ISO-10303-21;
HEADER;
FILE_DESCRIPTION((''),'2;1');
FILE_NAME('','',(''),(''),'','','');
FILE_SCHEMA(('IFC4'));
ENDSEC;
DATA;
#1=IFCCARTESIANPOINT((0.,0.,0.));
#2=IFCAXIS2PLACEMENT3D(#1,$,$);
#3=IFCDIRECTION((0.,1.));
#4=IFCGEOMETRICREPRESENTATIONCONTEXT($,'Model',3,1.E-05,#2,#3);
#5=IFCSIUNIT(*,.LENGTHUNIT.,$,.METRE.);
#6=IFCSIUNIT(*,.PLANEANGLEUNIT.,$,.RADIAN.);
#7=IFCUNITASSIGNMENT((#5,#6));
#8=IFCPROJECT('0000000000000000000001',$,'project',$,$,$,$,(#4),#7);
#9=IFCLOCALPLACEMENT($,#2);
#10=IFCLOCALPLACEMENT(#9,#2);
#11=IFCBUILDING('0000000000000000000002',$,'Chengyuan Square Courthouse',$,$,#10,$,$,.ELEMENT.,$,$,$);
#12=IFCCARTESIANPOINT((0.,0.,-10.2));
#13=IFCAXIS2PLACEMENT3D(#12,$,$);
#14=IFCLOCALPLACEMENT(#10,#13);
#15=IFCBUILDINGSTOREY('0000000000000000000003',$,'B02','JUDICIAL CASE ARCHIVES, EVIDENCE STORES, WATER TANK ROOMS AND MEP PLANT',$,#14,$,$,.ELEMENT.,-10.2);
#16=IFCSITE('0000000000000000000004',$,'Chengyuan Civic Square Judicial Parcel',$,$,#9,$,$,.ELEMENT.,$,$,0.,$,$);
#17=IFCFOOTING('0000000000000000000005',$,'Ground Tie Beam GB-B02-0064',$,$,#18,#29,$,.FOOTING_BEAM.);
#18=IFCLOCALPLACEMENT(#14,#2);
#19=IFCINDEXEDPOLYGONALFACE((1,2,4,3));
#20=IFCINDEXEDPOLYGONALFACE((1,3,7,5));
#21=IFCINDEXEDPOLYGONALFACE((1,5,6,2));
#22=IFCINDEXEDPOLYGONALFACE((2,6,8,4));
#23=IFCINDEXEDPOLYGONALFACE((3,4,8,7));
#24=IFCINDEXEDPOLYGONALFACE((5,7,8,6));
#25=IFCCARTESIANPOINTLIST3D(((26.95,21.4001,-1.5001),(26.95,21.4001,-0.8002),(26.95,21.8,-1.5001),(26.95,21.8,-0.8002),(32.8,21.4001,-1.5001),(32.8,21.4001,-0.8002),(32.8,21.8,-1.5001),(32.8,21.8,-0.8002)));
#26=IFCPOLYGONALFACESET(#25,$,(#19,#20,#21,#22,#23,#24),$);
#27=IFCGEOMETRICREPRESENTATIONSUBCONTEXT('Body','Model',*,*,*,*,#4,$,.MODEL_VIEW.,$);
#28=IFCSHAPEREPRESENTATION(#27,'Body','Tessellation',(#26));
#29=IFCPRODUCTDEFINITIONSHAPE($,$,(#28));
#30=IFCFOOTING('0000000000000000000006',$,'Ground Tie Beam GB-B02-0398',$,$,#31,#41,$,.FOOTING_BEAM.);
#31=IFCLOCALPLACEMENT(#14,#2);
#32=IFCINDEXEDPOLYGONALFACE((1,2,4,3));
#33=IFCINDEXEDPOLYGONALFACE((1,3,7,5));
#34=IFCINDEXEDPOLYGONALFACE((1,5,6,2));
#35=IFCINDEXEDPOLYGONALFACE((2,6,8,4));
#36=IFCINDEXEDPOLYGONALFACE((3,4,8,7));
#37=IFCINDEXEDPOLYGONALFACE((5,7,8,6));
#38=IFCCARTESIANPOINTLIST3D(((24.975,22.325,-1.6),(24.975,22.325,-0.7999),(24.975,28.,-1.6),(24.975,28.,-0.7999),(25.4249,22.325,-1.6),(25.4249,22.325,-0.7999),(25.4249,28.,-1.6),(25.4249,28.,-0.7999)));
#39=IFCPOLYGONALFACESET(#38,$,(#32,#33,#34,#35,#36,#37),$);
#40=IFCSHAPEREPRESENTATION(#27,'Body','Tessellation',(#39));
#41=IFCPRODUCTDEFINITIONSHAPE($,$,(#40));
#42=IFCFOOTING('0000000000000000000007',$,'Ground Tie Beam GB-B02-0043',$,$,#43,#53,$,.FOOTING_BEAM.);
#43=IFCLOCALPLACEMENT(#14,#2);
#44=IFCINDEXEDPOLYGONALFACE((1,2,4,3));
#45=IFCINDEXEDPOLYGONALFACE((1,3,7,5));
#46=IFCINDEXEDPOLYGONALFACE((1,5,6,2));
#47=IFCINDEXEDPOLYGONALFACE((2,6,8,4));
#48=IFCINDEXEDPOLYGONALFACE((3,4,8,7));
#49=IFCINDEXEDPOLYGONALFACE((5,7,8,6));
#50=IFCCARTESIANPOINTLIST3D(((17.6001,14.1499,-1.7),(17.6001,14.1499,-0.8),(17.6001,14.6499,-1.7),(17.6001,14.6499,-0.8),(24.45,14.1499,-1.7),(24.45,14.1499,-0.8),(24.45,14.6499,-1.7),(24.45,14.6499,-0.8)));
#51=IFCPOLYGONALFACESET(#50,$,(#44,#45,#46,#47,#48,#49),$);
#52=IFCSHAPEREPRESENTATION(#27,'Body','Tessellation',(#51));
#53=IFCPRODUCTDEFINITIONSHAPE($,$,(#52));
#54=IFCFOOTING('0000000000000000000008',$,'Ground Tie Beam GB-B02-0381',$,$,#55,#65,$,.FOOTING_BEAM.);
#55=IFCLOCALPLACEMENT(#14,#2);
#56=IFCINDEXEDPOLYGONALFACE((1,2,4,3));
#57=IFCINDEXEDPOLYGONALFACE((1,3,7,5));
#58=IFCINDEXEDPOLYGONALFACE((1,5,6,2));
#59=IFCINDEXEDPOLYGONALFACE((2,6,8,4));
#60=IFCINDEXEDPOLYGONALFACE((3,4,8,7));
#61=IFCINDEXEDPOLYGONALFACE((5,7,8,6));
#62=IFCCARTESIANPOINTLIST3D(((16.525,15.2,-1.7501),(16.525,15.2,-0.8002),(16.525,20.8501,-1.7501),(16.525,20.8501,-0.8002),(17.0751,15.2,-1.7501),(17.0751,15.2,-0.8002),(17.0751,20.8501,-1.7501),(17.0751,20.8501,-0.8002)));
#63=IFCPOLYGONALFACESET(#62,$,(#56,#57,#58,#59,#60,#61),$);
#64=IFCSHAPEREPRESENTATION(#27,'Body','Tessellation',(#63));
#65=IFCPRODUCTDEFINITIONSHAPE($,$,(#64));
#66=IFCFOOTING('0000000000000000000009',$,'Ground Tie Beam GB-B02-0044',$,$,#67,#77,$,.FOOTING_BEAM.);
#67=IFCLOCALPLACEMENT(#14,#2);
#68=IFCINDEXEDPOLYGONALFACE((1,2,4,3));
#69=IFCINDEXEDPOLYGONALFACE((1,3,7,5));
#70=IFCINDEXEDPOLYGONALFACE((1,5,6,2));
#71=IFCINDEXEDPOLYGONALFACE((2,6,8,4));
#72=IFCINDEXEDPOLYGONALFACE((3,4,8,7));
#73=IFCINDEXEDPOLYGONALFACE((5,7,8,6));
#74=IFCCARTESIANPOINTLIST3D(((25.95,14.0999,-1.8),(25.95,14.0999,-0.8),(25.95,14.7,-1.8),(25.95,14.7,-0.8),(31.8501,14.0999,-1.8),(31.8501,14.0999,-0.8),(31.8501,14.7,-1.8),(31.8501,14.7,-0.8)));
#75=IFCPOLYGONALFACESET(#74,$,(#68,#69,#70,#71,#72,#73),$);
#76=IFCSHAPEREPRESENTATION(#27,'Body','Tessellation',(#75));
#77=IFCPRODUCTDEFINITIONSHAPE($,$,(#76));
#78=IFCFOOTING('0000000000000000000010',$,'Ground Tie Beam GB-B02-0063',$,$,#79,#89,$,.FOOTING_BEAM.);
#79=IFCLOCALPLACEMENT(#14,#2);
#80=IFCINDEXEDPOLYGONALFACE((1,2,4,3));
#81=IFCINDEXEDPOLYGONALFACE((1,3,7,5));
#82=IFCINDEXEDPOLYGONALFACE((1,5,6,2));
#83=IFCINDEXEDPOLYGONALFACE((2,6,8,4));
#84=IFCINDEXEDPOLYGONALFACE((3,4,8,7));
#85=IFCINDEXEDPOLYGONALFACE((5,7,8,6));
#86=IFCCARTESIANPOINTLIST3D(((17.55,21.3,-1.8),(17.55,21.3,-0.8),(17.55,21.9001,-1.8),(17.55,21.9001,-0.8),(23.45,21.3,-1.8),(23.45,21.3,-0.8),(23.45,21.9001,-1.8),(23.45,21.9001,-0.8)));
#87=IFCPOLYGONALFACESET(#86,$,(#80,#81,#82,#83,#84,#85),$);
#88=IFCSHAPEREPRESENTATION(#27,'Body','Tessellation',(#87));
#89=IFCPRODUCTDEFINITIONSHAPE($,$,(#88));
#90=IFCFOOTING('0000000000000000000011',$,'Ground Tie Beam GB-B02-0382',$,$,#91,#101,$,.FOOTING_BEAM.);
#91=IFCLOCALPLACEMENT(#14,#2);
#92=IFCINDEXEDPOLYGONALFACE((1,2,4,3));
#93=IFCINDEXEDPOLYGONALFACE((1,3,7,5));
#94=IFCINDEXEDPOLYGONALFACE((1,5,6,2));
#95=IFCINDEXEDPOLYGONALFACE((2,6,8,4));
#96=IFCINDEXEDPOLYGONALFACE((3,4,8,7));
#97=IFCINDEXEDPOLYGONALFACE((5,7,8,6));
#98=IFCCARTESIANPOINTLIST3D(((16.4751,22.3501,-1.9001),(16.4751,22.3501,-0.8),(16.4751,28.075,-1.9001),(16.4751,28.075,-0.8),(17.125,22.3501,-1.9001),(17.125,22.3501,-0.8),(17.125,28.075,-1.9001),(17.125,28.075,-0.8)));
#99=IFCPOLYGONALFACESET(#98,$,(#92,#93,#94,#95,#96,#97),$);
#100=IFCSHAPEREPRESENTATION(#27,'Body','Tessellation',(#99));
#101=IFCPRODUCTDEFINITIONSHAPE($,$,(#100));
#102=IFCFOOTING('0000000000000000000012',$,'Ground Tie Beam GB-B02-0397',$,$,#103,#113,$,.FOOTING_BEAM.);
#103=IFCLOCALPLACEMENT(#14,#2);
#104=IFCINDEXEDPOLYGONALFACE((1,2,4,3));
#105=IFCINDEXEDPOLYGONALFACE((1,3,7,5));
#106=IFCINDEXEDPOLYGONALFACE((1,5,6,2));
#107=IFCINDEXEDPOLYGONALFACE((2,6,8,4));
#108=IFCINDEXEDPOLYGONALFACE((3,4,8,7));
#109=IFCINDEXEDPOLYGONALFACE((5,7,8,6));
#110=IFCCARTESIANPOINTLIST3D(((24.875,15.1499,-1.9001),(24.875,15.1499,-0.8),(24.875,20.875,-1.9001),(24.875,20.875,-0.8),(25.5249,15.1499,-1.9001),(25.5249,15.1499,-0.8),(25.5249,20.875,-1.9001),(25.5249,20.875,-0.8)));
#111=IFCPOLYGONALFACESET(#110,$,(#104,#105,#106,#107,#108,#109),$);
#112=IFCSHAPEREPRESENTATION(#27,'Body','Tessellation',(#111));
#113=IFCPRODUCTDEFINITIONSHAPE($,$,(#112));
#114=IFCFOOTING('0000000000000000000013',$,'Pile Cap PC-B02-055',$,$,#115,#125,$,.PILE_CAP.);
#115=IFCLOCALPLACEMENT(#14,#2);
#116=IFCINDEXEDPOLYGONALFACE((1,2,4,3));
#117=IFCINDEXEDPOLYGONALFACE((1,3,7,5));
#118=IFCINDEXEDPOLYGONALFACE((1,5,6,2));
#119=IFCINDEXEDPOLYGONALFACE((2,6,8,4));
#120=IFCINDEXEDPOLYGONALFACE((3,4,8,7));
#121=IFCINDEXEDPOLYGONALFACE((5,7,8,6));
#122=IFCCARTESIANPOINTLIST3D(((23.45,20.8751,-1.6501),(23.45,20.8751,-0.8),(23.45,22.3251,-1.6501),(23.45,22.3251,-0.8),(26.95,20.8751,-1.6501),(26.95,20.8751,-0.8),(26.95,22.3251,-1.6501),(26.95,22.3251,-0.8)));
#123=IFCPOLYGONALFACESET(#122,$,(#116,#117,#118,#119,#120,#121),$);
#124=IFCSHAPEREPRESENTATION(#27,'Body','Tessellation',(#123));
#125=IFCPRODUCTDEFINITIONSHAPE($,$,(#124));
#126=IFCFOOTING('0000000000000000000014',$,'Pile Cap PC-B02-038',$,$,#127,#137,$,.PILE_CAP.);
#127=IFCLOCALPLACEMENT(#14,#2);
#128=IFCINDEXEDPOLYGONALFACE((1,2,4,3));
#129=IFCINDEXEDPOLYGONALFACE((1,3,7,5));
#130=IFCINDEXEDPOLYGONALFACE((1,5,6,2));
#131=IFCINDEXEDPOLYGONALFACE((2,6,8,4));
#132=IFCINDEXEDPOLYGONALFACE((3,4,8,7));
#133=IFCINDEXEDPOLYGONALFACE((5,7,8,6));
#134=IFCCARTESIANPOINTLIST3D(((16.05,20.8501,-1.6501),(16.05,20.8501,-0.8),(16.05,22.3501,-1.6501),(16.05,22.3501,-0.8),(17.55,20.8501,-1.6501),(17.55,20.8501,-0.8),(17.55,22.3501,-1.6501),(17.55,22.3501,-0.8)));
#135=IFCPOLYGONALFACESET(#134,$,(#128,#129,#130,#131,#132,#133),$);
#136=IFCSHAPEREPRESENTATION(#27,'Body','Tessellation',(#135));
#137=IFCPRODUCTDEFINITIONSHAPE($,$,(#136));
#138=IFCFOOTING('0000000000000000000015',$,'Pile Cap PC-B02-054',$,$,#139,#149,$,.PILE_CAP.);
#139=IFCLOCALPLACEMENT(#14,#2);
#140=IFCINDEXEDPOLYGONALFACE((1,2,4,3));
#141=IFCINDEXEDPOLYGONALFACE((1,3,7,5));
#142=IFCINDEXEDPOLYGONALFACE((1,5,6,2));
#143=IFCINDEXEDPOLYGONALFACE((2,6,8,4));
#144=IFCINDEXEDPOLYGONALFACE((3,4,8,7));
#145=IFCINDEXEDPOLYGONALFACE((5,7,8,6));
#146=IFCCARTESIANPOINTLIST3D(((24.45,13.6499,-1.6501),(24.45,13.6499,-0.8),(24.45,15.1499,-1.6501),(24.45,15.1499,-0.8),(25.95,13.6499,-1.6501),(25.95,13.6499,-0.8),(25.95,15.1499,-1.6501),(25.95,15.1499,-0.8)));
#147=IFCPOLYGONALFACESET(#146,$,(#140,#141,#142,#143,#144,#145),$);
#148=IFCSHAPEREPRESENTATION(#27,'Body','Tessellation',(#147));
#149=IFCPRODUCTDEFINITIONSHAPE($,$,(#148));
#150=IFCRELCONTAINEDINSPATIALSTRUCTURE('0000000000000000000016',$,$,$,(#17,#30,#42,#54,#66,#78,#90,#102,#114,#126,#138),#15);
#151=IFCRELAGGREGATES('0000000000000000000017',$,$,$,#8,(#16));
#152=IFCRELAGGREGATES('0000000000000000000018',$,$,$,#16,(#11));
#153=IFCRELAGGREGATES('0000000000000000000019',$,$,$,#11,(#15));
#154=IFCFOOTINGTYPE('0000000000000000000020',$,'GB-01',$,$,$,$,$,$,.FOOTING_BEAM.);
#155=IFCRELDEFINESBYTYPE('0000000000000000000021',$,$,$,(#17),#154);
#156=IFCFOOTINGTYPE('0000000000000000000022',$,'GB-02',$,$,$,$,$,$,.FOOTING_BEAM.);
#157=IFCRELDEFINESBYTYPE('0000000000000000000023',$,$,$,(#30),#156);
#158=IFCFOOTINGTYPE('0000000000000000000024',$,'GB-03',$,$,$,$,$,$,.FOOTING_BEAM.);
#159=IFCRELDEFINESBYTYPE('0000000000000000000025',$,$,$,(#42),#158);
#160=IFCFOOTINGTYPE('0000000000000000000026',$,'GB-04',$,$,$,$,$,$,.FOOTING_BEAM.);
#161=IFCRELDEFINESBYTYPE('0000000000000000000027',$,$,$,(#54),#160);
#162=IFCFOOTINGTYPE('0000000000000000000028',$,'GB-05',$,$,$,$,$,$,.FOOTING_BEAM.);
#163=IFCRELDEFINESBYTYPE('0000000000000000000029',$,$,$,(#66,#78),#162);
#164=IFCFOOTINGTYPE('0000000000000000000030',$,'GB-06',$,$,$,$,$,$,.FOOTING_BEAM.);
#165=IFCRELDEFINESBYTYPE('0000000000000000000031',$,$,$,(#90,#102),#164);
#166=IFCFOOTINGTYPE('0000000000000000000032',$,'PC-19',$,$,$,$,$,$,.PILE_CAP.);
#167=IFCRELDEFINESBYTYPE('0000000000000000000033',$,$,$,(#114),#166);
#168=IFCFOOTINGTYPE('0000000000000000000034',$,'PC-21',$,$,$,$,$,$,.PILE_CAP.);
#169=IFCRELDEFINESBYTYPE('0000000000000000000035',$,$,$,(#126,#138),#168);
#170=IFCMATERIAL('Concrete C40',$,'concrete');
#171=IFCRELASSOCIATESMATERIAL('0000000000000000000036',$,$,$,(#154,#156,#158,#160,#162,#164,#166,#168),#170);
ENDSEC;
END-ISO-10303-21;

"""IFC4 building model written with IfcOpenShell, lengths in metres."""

from ifc_helpers import new_model, si_unit, direction, frame, origin, origin_2d, place, context, subcontext, project, spatial, rectangle, extrude, material, material_profile, profile_set, type_object, element, save


model = new_model("IFC4")

# Units and contexts
model_context = context("Model", 3, precision=1e-05, world=origin(), true_north=direction((0.0, 1.0)))
body_context = subcontext(model_context, "Body", "Model", "MODEL_VIEW")
ifc_project = project(units=[si_unit("LENGTHUNIT", "METRE"), si_unit("PLANEANGLEUNIT", "RADIAN")], contexts=[model_context])

# Site, building, storey
site_placement = place(None, origin())
site = spatial("IfcSite", under=ifc_project, at=site_placement, Name="Chengyuan Civic Square Judicial Parcel", CompositionType="ELEMENT", RefElevation=0.0)
building_placement = place(site_placement, origin())
building = spatial("IfcBuilding", under=site, at=building_placement, Name="Chengyuan Square Courthouse", CompositionType="ELEMENT")
storey_placement = place(building_placement, frame((0.0, 0.0, -10.2)))
storey = spatial("IfcBuildingStorey", under=building, at=storey_placement, Name="B02", Description="JUDICIAL CASE ARCHIVES, EVIDENCE STORES, WATER TANK ROOMS AND MEP PLANT", CompositionType="ELEMENT", Elevation=-10.2)

# Footings
ifc_material_1 = material(Name="Concrete C40", Category="concrete")
ifc_material_profile_1 = material_profile(ifc_material_1, rectangle(XDim=0.3999, YDim=0.7, at=origin_2d()), Name="GB-400x700")
ifc_profile_set_1 = profile_set([ifc_material_profile_1], Name="Concrete C40")
footing_type_1 = type_object("IfcFootingType", Name="GB-01", PredefinedType="FOOTING_BEAM", material=ifc_profile_set_1)
footing_1_placement = place(storey_placement, frame((26.95, 21.6001, -1.1501), z_axis=(1.0, 0.0, 0.0), x_axis=(0.0, 1.0, 0.0)))
element("IfcFooting", 1, at=footing_1_placement, inside=storey, type_object=footing_type_1, Name="Ground Tie Beam GB-B02-0064", PredefinedType="FOOTING_BEAM", context=body_context, shape_type="SweptSolid", body=[
    extrude(rectangle(XDim=0.3999, YDim=0.7, at=origin_2d()), origin(), (0.0, 0.0, 1.0), 5.8501),
])
ifc_material_profile_2 = material_profile(ifc_material_1, rectangle(XDim=0.45, YDim=0.8, at=origin_2d()), Name="GB-450x800")
ifc_profile_set_2 = profile_set([ifc_material_profile_2], Name="Concrete C40")
footing_type_2 = type_object("IfcFootingType", Name="GB-02", PredefinedType="FOOTING_BEAM", material=ifc_profile_set_2)
footing_2_placement = place(storey_placement, frame((25.2, 22.325, -1.2), z_axis=(0.0, 1.0, 0.0), x_axis=(-1.0, 0.0, 0.0)))
element("IfcFooting", 2, at=footing_2_placement, inside=storey, type_object=footing_type_2, Name="Ground Tie Beam GB-B02-0398", PredefinedType="FOOTING_BEAM", context=body_context, shape_type="SweptSolid", body=[
    extrude(rectangle(XDim=0.45, YDim=0.8, at=origin_2d()), origin(), (0.0, 0.0, 1.0), 5.675),
])
ifc_material_profile_3 = material_profile(ifc_material_1, rectangle(XDim=0.5, YDim=0.8999, at=origin_2d()), Name="GB-500x900")
ifc_profile_set_3 = profile_set([ifc_material_profile_3], Name="Concrete C40")
footing_type_3 = type_object("IfcFootingType", Name="GB-03", PredefinedType="FOOTING_BEAM", material=ifc_profile_set_3)
footing_3_placement = place(storey_placement, frame((17.6001, 14.3999, -1.25), z_axis=(1.0, 0.0, 0.0), x_axis=(0.0, 1.0, 0.0)))
element("IfcFooting", 3, at=footing_3_placement, inside=storey, type_object=footing_type_3, Name="Ground Tie Beam GB-B02-0043", PredefinedType="FOOTING_BEAM", context=body_context, shape_type="SweptSolid", body=[
    extrude(rectangle(XDim=0.5, YDim=0.8999, at=origin_2d()), origin(), (0.0, 0.0, 1.0), 6.8499),
])
ifc_material_profile_4 = material_profile(ifc_material_1, rectangle(XDim=0.55, YDim=0.95, at=origin_2d()), Name="GB-550x950")
ifc_profile_set_4 = profile_set([ifc_material_profile_4], Name="Concrete C40")
footing_type_4 = type_object("IfcFootingType", Name="GB-04", PredefinedType="FOOTING_BEAM", material=ifc_profile_set_4)
footing_4_placement = place(storey_placement, frame((16.8, 15.2, -1.2751), z_axis=(0.0, 1.0, 0.0), x_axis=(-1.0, 0.0, 0.0)))
element("IfcFooting", 4, at=footing_4_placement, inside=storey, type_object=footing_type_4, Name="Ground Tie Beam GB-B02-0381", PredefinedType="FOOTING_BEAM", context=body_context, shape_type="SweptSolid", body=[
    extrude(rectangle(XDim=0.55, YDim=0.95, at=origin_2d()), origin(), (0.0, 0.0, 1.0), 5.6501),
])
ifc_material_profile_5 = material_profile(ifc_material_1, rectangle(XDim=0.6001, YDim=1.0, at=origin_2d()), Name="GB-600x1000")
ifc_profile_set_5 = profile_set([ifc_material_profile_5], Name="Concrete C40")
footing_type_5 = type_object("IfcFootingType", Name="GB-05", PredefinedType="FOOTING_BEAM", material=ifc_profile_set_5)
footing_5_placement = place(storey_placement, frame((25.95, 14.3999, -1.3), z_axis=(1.0, 0.0, 0.0), x_axis=(0.0, 1.0, 0.0)))
element("IfcFooting", 5, at=footing_5_placement, inside=storey, type_object=footing_type_5, Name="Ground Tie Beam GB-B02-0044", PredefinedType="FOOTING_BEAM", context=body_context, shape_type="SweptSolid", body=[
    extrude(rectangle(XDim=0.6001, YDim=1.0, at=origin_2d()), origin(), (0.0, 0.0, 1.0), 5.9001),
])
footing_6_placement = place(storey_placement, frame((17.55, 21.6001, -1.3), z_axis=(1.0, 0.0, 0.0), x_axis=(0.0, 1.0, 0.0)))
element("IfcFooting", 6, at=footing_6_placement, inside=storey, type_object=footing_type_5, Name="Ground Tie Beam GB-B02-0063", PredefinedType="FOOTING_BEAM", context=body_context, shape_type="SweptSolid", body=[
    extrude(rectangle(XDim=0.6001, YDim=1.0, at=origin_2d()), origin(), (0.0, 0.0, 1.0), 5.8999),
])
ifc_material_profile_6 = material_profile(ifc_material_1, rectangle(XDim=0.6499, YDim=1.1001, at=origin_2d()), Name="GB-650x1100")
ifc_profile_set_6 = profile_set([ifc_material_profile_6], Name="Concrete C40")
footing_type_6 = type_object("IfcFootingType", Name="GB-06", PredefinedType="FOOTING_BEAM", material=ifc_profile_set_6)
footing_7_placement = place(storey_placement, frame((16.8, 22.3501, -1.3501), z_axis=(0.0, 1.0, 0.0), x_axis=(-1.0, 0.0, 0.0)))
element("IfcFooting", 7, at=footing_7_placement, inside=storey, type_object=footing_type_6, Name="Ground Tie Beam GB-B02-0382", PredefinedType="FOOTING_BEAM", context=body_context, shape_type="SweptSolid", body=[
    extrude(rectangle(XDim=0.6499, YDim=1.1001, at=origin_2d()), origin(), (0.0, 0.0, 1.0), 5.7249),
])
footing_8_placement = place(storey_placement, frame((25.2, 15.1499, -1.3501), z_axis=(0.0, 1.0, 0.0), x_axis=(-1.0, 0.0, 0.0)))
element("IfcFooting", 8, at=footing_8_placement, inside=storey, type_object=footing_type_6, Name="Ground Tie Beam GB-B02-0397", PredefinedType="FOOTING_BEAM", context=body_context, shape_type="SweptSolid", body=[
    extrude(rectangle(XDim=0.6499, YDim=1.1001, at=origin_2d()), origin(), (0.0, 0.0, 1.0), 5.7251),
])
footing_type_7 = type_object("IfcFootingType", Name="PC-19", PredefinedType="PILE_CAP", material=ifc_material_1)
footing_9_placement = place(storey_placement, frame((25.2, 21.6001, -1.6501), z_axis=(0.0, 0.0, 1.0), x_axis=(1.0, 0.0, 0.0)))
element("IfcFooting", 9, at=footing_9_placement, inside=storey, type_object=footing_type_7, Name="Pile Cap PC-B02-055", PredefinedType="PILE_CAP", context=body_context, shape_type="SweptSolid", body=[
    extrude(rectangle(XDim=3.5, YDim=1.45, at=origin_2d()), origin(), (0.0, 0.0, 1.0), 0.8501),
])
footing_type_8 = type_object("IfcFootingType", Name="PC-21", PredefinedType="PILE_CAP", material=ifc_material_1)
for number, where, z_axis, x_axis, name in (
    (10, (16.8, 21.6001, -1.6501), (0.0, 0.0, 1.0), (1.0, 0.0, 0.0), "Pile Cap PC-B02-038"),
    (11, (25.2, 14.3999, -1.6501), (0.0, 0.0, 1.0), (1.0, 0.0, 0.0), "Pile Cap PC-B02-054"),
):
    element("IfcFooting", number, at=place(storey_placement, frame(where, z_axis=z_axis, x_axis=x_axis)), inside=storey, type_object=footing_type_8, Name=name, PredefinedType="PILE_CAP", context=body_context, shape_type="SweptSolid", body=[
        extrude(rectangle(XDim=1.5, YDim=1.5, at=origin_2d()), origin(), (0.0, 0.0, 1.0), 0.8501),
    ])

save(model, "model.ifc")
